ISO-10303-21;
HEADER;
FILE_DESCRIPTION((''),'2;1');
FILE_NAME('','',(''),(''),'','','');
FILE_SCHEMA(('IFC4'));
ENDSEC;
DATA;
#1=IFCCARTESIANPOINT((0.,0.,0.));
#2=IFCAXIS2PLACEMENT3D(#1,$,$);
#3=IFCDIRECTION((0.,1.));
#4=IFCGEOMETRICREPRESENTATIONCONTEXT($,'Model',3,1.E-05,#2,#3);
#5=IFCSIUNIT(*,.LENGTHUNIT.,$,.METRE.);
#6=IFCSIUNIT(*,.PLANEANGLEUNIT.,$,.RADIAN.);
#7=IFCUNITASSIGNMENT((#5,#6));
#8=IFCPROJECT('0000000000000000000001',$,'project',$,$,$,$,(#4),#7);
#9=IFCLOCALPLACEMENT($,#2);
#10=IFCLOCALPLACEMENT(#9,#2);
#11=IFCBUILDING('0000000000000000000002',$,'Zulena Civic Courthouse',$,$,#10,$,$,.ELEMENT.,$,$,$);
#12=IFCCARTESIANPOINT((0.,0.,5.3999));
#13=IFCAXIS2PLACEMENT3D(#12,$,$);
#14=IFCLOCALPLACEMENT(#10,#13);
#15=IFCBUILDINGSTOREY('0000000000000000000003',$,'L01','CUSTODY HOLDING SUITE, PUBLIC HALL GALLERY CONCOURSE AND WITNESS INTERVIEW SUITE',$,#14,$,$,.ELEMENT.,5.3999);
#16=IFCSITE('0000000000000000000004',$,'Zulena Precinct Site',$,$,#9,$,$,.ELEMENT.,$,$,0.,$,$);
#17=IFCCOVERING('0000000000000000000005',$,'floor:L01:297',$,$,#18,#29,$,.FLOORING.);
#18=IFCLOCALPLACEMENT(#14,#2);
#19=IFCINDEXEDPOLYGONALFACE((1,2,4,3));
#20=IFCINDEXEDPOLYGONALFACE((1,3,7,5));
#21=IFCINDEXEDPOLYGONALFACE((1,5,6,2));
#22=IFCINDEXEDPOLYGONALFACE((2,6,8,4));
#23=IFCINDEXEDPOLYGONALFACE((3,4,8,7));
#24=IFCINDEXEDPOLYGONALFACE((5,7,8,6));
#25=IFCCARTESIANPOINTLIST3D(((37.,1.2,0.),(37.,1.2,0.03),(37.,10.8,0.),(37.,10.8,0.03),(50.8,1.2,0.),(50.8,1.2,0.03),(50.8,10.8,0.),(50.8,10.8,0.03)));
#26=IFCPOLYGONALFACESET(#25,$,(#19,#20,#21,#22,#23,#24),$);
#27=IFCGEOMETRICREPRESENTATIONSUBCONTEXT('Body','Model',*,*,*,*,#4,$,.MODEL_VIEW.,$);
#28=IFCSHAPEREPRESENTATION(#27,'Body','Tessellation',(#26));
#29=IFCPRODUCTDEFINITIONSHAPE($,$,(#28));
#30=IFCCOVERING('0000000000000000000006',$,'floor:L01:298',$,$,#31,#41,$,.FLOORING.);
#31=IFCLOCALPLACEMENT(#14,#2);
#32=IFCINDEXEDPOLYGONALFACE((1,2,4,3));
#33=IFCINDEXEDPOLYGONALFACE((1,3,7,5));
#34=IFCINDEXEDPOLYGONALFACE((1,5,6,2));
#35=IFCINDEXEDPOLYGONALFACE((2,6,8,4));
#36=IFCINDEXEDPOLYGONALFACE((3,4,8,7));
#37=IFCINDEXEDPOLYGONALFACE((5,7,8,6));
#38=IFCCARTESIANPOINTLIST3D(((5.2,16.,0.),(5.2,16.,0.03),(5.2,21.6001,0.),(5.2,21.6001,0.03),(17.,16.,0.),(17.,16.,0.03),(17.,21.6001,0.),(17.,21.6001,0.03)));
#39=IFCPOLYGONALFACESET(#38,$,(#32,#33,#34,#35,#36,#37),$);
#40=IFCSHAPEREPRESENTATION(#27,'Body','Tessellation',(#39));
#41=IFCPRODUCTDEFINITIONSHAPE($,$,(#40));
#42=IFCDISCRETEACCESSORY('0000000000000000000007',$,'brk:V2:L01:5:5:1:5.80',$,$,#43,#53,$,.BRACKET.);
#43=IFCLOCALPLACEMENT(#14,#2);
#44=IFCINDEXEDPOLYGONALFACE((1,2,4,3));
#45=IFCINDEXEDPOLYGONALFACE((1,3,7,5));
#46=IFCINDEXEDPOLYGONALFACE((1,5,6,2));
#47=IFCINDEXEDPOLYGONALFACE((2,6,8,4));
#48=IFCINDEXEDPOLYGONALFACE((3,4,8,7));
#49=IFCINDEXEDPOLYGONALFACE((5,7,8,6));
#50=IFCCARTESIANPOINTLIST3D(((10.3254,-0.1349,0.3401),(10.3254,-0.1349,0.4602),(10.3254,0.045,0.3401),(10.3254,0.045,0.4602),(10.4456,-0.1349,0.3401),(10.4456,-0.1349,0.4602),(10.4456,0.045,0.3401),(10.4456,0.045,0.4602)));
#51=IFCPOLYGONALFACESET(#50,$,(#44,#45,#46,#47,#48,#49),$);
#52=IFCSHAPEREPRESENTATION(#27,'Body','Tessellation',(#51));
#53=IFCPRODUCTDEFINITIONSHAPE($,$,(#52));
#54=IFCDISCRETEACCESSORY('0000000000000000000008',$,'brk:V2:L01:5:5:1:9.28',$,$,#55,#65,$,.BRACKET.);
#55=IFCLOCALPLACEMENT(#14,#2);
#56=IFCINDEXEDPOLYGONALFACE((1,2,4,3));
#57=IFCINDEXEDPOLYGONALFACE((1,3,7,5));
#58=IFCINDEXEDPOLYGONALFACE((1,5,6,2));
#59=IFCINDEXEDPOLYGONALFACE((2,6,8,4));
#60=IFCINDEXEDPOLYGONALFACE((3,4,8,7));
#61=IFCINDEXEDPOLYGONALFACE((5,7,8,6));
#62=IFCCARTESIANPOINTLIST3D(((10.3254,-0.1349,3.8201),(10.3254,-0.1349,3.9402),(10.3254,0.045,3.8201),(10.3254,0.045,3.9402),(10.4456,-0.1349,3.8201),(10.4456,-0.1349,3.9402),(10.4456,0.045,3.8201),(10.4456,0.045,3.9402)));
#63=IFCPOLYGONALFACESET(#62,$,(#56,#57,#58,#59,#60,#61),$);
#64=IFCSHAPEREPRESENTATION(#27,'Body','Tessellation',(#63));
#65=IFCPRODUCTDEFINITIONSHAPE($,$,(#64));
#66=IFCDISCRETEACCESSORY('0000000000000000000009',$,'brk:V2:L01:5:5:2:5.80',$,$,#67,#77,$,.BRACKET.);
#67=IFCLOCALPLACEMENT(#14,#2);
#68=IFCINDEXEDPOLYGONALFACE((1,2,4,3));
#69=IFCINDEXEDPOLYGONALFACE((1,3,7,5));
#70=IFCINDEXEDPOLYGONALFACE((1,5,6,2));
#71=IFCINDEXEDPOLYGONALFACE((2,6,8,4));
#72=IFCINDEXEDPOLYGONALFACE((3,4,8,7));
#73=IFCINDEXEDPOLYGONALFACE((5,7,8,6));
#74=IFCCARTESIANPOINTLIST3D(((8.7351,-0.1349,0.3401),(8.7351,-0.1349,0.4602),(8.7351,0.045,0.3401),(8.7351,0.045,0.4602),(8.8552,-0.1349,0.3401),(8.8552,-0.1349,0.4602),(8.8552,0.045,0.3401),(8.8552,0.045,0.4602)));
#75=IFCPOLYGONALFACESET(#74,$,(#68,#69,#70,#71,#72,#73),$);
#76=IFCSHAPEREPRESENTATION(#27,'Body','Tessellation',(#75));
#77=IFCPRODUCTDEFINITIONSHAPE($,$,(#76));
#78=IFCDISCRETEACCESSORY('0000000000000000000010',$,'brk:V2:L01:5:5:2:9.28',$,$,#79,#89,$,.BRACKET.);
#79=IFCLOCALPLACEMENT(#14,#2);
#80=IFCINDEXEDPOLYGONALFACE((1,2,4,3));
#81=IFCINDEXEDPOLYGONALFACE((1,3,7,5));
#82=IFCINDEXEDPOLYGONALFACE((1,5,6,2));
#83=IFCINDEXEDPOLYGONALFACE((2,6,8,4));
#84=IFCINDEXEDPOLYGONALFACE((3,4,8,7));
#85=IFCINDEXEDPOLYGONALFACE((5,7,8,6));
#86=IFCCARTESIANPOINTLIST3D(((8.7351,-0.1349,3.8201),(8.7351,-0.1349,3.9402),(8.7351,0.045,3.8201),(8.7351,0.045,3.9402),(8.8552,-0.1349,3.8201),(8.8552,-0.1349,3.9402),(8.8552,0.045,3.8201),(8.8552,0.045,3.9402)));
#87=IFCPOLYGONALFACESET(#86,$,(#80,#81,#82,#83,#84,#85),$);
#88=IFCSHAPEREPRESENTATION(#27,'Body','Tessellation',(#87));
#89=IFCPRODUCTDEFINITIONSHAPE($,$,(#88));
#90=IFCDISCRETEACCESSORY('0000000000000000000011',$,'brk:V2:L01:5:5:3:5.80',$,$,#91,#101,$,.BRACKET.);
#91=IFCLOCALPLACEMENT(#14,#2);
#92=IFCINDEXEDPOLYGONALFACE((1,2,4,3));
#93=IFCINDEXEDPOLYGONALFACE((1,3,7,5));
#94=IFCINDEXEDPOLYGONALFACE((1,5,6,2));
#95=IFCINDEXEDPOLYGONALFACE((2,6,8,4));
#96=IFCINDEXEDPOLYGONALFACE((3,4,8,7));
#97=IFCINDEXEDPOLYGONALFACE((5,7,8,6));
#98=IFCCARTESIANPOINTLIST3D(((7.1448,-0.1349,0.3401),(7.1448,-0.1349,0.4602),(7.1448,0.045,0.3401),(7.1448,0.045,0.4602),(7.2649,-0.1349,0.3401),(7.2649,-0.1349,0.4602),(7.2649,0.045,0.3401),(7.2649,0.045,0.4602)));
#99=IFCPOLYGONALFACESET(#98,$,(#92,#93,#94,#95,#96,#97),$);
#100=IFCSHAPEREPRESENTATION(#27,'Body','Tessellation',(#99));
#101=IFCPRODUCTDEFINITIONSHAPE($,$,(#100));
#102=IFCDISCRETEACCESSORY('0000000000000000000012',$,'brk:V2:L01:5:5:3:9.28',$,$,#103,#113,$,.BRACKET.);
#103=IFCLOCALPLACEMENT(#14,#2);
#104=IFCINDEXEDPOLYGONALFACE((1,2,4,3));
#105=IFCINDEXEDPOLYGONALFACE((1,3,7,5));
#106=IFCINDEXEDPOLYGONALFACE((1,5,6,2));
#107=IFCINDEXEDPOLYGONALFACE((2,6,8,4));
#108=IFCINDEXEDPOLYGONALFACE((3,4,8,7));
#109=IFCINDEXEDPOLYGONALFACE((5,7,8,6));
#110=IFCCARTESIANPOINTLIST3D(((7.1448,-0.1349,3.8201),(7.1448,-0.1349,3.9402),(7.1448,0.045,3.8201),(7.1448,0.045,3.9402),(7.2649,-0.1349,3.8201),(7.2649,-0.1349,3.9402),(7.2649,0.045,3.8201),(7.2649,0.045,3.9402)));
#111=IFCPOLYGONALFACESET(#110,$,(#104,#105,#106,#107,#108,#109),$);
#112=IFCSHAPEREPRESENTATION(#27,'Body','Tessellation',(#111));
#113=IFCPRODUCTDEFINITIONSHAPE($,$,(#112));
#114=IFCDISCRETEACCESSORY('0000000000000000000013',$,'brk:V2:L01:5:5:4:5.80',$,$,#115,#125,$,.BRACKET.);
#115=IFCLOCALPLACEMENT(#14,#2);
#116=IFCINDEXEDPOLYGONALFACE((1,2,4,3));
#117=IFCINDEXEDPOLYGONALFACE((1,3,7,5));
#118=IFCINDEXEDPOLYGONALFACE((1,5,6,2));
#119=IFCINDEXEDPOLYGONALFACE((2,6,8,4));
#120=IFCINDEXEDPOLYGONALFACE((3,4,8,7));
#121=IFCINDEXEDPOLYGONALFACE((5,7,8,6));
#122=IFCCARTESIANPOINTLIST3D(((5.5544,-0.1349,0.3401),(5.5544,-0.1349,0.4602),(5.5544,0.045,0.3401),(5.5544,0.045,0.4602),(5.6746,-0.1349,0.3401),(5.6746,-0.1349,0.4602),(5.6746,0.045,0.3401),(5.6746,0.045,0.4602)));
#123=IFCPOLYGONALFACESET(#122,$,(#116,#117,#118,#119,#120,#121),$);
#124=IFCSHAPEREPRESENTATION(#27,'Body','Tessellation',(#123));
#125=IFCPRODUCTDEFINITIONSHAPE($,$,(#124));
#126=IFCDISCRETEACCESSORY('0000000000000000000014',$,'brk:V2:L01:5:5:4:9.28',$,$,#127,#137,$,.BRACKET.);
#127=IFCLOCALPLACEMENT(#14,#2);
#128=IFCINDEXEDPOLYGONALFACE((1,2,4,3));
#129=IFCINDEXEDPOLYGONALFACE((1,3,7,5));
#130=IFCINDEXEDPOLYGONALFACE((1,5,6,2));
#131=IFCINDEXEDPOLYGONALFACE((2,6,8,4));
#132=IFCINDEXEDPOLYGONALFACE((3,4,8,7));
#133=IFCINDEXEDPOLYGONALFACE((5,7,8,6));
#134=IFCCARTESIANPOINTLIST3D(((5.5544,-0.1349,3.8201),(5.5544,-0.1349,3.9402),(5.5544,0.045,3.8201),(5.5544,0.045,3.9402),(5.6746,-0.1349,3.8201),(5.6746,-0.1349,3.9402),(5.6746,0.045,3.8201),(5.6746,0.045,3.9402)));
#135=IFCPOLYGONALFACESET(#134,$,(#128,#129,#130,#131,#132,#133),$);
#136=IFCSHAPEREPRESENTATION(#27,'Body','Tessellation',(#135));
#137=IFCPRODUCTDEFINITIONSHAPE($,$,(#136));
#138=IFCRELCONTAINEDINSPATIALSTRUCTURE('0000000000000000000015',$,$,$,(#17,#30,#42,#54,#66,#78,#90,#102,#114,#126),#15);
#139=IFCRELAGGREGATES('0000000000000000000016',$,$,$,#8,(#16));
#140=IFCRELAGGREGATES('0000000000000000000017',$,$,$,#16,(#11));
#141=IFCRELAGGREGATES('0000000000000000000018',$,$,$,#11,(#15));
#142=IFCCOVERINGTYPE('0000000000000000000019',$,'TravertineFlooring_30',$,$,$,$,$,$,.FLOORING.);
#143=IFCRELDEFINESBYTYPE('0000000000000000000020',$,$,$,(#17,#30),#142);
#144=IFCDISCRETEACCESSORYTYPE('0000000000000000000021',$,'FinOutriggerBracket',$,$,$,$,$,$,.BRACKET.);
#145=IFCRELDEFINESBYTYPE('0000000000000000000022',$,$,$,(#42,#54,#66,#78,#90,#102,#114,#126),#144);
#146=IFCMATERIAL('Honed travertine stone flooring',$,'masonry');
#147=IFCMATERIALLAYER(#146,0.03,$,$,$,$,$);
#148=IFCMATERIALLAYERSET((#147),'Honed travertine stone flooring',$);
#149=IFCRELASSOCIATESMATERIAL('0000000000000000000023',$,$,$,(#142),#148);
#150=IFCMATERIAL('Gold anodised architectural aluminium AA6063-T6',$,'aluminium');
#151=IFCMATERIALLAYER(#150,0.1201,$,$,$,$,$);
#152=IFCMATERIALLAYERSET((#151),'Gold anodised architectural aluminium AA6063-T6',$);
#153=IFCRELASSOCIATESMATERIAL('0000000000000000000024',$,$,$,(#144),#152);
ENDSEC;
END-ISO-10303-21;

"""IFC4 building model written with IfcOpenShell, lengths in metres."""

from ifc_helpers import new_model, si_unit, direction, frame, origin, origin_2d, place, context, subcontext, project, spatial, polyline, rectangle, outline, extrude, material, layer, layer_set, type_object, element, save


model = new_model("IFC4")

# Units and contexts
model_context = context("Model", 3, precision=1e-05, world=origin(), true_north=direction((0.0, 1.0)))
body_context = subcontext(model_context, "Body", "Model", "MODEL_VIEW")
ifc_project = project(units=[si_unit("LENGTHUNIT", "METRE"), si_unit("PLANEANGLEUNIT", "RADIAN")], contexts=[model_context])

# Site, building, storey
site_placement = place(None, origin())
site = spatial("IfcSite", under=ifc_project, at=site_placement, Name="Zulena Precinct Site", CompositionType="ELEMENT", RefElevation=0.0)
building_placement = place(site_placement, origin())
building = spatial("IfcBuilding", under=site, at=building_placement, Name="Zulena Civic Courthouse", CompositionType="ELEMENT")
storey_placement = place(building_placement, frame((0.0, 0.0, 5.3999)))
storey = spatial("IfcBuildingStorey", under=building, at=storey_placement, Name="L01", Description="CUSTODY HOLDING SUITE, PUBLIC HALL GALLERY CONCOURSE AND WITNESS INTERVIEW SUITE", CompositionType="ELEMENT", Elevation=5.3999)

# Shared definitions
ifc_material_1 = material(Name="Gold anodised architectural aluminium AA6063-T6", Category="aluminium")

# Coverings
ifc_material_2 = material(Name="Honed travertine stone flooring", Category="masonry")
ifc_layer_1 = layer(ifc_material_2, 0.03)
ifc_layer_set_1 = layer_set([ifc_layer_1], Name="Honed travertine stone flooring")
covering_type_1 = type_object("IfcCoveringType", Name="TravertineFlooring_30", PredefinedType="FLOORING", material=ifc_layer_set_1)
covering_1_placement = place(storey_placement, origin())
element("IfcCovering", 1, at=covering_1_placement, inside=storey, type_object=covering_type_1, Name="floor:L01:297", PredefinedType="FLOORING", context=body_context, shape_type="SweptSolid", body=[
    extrude(outline(polyline([(37.0, 1.2), (50.8, 1.2), (50.8, 10.8), (37.0, 10.8), (37.0, 1.2)])), origin(), (0.0, 0.0, 1.0), 0.03),
])
covering_2_placement = place(storey_placement, origin())
element("IfcCovering", 2, at=covering_2_placement, inside=storey, type_object=covering_type_1, Name="floor:L01:298", PredefinedType="FLOORING", context=body_context, shape_type="SweptSolid", body=[
    extrude(outline(polyline([(5.2, 16.0), (17.0, 16.0), (17.0, 21.6001), (5.2, 21.6001), (5.2, 16.0)])), origin(), (0.0, 0.0, 1.0), 0.03),
])

# Discrete accessories
ifc_layer_2 = layer(ifc_material_1, 0.1201)
ifc_layer_set_2 = layer_set([ifc_layer_2], Name="Gold anodised architectural aluminium AA6063-T6")
discrete_accessory_type = type_object("IfcDiscreteAccessoryType", Name="FinOutriggerBracket", PredefinedType="BRACKET", material=ifc_layer_set_2)
for number, where, z_axis, x_axis, name in (
    (3, (10.3855, -0.0449, 0.3401), (0.0, 0.0, 1.0), (0.0, -1.0, 0.0), "brk:V2:L01:5:5:1:5.80"),
    (4, (10.3855, -0.0449, 3.8201), (0.0, 0.0, 1.0), (0.0, -1.0, 0.0), "brk:V2:L01:5:5:1:9.28"),
    (5, (8.7952, -0.0449, 0.3401), (0.0, 0.0, 1.0), (0.0, -1.0, 0.0), "brk:V2:L01:5:5:2:5.80"),
    (6, (8.7952, -0.0449, 3.8201), (0.0, 0.0, 1.0), (0.0, -1.0, 0.0), "brk:V2:L01:5:5:2:9.28"),
    (7, (7.2048, -0.0449, 0.3401), (0.0, 0.0, 1.0), (0.0, -1.0, 0.0), "brk:V2:L01:5:5:3:5.80"),
    (8, (7.2048, -0.0449, 3.8201), (0.0, 0.0, 1.0), (0.0, -1.0, 0.0), "brk:V2:L01:5:5:3:9.28"),
    (9, (5.6145, -0.0449, 0.3401), (0.0, 0.0, 1.0), (0.0, -1.0, 0.0), "brk:V2:L01:5:5:4:5.80"),
    (10, (5.6145, -0.0449, 3.8201), (0.0, 0.0, 1.0), (0.0, -1.0, 0.0), "brk:V2:L01:5:5:4:9.28"),
):
    element("IfcDiscreteAccessory", number, at=place(storey_placement, frame(where, z_axis=z_axis, x_axis=x_axis)), inside=storey, type_object=discrete_accessory_type, Name=name, PredefinedType="BRACKET", context=body_context, shape_type="SweptSolid", body=[
        extrude(rectangle(XDim=0.1799, YDim=0.1201, at=origin_2d()), origin(), (0.0, 0.0, 1.0), 0.1201),
    ])

save(model, "model.ifc")
